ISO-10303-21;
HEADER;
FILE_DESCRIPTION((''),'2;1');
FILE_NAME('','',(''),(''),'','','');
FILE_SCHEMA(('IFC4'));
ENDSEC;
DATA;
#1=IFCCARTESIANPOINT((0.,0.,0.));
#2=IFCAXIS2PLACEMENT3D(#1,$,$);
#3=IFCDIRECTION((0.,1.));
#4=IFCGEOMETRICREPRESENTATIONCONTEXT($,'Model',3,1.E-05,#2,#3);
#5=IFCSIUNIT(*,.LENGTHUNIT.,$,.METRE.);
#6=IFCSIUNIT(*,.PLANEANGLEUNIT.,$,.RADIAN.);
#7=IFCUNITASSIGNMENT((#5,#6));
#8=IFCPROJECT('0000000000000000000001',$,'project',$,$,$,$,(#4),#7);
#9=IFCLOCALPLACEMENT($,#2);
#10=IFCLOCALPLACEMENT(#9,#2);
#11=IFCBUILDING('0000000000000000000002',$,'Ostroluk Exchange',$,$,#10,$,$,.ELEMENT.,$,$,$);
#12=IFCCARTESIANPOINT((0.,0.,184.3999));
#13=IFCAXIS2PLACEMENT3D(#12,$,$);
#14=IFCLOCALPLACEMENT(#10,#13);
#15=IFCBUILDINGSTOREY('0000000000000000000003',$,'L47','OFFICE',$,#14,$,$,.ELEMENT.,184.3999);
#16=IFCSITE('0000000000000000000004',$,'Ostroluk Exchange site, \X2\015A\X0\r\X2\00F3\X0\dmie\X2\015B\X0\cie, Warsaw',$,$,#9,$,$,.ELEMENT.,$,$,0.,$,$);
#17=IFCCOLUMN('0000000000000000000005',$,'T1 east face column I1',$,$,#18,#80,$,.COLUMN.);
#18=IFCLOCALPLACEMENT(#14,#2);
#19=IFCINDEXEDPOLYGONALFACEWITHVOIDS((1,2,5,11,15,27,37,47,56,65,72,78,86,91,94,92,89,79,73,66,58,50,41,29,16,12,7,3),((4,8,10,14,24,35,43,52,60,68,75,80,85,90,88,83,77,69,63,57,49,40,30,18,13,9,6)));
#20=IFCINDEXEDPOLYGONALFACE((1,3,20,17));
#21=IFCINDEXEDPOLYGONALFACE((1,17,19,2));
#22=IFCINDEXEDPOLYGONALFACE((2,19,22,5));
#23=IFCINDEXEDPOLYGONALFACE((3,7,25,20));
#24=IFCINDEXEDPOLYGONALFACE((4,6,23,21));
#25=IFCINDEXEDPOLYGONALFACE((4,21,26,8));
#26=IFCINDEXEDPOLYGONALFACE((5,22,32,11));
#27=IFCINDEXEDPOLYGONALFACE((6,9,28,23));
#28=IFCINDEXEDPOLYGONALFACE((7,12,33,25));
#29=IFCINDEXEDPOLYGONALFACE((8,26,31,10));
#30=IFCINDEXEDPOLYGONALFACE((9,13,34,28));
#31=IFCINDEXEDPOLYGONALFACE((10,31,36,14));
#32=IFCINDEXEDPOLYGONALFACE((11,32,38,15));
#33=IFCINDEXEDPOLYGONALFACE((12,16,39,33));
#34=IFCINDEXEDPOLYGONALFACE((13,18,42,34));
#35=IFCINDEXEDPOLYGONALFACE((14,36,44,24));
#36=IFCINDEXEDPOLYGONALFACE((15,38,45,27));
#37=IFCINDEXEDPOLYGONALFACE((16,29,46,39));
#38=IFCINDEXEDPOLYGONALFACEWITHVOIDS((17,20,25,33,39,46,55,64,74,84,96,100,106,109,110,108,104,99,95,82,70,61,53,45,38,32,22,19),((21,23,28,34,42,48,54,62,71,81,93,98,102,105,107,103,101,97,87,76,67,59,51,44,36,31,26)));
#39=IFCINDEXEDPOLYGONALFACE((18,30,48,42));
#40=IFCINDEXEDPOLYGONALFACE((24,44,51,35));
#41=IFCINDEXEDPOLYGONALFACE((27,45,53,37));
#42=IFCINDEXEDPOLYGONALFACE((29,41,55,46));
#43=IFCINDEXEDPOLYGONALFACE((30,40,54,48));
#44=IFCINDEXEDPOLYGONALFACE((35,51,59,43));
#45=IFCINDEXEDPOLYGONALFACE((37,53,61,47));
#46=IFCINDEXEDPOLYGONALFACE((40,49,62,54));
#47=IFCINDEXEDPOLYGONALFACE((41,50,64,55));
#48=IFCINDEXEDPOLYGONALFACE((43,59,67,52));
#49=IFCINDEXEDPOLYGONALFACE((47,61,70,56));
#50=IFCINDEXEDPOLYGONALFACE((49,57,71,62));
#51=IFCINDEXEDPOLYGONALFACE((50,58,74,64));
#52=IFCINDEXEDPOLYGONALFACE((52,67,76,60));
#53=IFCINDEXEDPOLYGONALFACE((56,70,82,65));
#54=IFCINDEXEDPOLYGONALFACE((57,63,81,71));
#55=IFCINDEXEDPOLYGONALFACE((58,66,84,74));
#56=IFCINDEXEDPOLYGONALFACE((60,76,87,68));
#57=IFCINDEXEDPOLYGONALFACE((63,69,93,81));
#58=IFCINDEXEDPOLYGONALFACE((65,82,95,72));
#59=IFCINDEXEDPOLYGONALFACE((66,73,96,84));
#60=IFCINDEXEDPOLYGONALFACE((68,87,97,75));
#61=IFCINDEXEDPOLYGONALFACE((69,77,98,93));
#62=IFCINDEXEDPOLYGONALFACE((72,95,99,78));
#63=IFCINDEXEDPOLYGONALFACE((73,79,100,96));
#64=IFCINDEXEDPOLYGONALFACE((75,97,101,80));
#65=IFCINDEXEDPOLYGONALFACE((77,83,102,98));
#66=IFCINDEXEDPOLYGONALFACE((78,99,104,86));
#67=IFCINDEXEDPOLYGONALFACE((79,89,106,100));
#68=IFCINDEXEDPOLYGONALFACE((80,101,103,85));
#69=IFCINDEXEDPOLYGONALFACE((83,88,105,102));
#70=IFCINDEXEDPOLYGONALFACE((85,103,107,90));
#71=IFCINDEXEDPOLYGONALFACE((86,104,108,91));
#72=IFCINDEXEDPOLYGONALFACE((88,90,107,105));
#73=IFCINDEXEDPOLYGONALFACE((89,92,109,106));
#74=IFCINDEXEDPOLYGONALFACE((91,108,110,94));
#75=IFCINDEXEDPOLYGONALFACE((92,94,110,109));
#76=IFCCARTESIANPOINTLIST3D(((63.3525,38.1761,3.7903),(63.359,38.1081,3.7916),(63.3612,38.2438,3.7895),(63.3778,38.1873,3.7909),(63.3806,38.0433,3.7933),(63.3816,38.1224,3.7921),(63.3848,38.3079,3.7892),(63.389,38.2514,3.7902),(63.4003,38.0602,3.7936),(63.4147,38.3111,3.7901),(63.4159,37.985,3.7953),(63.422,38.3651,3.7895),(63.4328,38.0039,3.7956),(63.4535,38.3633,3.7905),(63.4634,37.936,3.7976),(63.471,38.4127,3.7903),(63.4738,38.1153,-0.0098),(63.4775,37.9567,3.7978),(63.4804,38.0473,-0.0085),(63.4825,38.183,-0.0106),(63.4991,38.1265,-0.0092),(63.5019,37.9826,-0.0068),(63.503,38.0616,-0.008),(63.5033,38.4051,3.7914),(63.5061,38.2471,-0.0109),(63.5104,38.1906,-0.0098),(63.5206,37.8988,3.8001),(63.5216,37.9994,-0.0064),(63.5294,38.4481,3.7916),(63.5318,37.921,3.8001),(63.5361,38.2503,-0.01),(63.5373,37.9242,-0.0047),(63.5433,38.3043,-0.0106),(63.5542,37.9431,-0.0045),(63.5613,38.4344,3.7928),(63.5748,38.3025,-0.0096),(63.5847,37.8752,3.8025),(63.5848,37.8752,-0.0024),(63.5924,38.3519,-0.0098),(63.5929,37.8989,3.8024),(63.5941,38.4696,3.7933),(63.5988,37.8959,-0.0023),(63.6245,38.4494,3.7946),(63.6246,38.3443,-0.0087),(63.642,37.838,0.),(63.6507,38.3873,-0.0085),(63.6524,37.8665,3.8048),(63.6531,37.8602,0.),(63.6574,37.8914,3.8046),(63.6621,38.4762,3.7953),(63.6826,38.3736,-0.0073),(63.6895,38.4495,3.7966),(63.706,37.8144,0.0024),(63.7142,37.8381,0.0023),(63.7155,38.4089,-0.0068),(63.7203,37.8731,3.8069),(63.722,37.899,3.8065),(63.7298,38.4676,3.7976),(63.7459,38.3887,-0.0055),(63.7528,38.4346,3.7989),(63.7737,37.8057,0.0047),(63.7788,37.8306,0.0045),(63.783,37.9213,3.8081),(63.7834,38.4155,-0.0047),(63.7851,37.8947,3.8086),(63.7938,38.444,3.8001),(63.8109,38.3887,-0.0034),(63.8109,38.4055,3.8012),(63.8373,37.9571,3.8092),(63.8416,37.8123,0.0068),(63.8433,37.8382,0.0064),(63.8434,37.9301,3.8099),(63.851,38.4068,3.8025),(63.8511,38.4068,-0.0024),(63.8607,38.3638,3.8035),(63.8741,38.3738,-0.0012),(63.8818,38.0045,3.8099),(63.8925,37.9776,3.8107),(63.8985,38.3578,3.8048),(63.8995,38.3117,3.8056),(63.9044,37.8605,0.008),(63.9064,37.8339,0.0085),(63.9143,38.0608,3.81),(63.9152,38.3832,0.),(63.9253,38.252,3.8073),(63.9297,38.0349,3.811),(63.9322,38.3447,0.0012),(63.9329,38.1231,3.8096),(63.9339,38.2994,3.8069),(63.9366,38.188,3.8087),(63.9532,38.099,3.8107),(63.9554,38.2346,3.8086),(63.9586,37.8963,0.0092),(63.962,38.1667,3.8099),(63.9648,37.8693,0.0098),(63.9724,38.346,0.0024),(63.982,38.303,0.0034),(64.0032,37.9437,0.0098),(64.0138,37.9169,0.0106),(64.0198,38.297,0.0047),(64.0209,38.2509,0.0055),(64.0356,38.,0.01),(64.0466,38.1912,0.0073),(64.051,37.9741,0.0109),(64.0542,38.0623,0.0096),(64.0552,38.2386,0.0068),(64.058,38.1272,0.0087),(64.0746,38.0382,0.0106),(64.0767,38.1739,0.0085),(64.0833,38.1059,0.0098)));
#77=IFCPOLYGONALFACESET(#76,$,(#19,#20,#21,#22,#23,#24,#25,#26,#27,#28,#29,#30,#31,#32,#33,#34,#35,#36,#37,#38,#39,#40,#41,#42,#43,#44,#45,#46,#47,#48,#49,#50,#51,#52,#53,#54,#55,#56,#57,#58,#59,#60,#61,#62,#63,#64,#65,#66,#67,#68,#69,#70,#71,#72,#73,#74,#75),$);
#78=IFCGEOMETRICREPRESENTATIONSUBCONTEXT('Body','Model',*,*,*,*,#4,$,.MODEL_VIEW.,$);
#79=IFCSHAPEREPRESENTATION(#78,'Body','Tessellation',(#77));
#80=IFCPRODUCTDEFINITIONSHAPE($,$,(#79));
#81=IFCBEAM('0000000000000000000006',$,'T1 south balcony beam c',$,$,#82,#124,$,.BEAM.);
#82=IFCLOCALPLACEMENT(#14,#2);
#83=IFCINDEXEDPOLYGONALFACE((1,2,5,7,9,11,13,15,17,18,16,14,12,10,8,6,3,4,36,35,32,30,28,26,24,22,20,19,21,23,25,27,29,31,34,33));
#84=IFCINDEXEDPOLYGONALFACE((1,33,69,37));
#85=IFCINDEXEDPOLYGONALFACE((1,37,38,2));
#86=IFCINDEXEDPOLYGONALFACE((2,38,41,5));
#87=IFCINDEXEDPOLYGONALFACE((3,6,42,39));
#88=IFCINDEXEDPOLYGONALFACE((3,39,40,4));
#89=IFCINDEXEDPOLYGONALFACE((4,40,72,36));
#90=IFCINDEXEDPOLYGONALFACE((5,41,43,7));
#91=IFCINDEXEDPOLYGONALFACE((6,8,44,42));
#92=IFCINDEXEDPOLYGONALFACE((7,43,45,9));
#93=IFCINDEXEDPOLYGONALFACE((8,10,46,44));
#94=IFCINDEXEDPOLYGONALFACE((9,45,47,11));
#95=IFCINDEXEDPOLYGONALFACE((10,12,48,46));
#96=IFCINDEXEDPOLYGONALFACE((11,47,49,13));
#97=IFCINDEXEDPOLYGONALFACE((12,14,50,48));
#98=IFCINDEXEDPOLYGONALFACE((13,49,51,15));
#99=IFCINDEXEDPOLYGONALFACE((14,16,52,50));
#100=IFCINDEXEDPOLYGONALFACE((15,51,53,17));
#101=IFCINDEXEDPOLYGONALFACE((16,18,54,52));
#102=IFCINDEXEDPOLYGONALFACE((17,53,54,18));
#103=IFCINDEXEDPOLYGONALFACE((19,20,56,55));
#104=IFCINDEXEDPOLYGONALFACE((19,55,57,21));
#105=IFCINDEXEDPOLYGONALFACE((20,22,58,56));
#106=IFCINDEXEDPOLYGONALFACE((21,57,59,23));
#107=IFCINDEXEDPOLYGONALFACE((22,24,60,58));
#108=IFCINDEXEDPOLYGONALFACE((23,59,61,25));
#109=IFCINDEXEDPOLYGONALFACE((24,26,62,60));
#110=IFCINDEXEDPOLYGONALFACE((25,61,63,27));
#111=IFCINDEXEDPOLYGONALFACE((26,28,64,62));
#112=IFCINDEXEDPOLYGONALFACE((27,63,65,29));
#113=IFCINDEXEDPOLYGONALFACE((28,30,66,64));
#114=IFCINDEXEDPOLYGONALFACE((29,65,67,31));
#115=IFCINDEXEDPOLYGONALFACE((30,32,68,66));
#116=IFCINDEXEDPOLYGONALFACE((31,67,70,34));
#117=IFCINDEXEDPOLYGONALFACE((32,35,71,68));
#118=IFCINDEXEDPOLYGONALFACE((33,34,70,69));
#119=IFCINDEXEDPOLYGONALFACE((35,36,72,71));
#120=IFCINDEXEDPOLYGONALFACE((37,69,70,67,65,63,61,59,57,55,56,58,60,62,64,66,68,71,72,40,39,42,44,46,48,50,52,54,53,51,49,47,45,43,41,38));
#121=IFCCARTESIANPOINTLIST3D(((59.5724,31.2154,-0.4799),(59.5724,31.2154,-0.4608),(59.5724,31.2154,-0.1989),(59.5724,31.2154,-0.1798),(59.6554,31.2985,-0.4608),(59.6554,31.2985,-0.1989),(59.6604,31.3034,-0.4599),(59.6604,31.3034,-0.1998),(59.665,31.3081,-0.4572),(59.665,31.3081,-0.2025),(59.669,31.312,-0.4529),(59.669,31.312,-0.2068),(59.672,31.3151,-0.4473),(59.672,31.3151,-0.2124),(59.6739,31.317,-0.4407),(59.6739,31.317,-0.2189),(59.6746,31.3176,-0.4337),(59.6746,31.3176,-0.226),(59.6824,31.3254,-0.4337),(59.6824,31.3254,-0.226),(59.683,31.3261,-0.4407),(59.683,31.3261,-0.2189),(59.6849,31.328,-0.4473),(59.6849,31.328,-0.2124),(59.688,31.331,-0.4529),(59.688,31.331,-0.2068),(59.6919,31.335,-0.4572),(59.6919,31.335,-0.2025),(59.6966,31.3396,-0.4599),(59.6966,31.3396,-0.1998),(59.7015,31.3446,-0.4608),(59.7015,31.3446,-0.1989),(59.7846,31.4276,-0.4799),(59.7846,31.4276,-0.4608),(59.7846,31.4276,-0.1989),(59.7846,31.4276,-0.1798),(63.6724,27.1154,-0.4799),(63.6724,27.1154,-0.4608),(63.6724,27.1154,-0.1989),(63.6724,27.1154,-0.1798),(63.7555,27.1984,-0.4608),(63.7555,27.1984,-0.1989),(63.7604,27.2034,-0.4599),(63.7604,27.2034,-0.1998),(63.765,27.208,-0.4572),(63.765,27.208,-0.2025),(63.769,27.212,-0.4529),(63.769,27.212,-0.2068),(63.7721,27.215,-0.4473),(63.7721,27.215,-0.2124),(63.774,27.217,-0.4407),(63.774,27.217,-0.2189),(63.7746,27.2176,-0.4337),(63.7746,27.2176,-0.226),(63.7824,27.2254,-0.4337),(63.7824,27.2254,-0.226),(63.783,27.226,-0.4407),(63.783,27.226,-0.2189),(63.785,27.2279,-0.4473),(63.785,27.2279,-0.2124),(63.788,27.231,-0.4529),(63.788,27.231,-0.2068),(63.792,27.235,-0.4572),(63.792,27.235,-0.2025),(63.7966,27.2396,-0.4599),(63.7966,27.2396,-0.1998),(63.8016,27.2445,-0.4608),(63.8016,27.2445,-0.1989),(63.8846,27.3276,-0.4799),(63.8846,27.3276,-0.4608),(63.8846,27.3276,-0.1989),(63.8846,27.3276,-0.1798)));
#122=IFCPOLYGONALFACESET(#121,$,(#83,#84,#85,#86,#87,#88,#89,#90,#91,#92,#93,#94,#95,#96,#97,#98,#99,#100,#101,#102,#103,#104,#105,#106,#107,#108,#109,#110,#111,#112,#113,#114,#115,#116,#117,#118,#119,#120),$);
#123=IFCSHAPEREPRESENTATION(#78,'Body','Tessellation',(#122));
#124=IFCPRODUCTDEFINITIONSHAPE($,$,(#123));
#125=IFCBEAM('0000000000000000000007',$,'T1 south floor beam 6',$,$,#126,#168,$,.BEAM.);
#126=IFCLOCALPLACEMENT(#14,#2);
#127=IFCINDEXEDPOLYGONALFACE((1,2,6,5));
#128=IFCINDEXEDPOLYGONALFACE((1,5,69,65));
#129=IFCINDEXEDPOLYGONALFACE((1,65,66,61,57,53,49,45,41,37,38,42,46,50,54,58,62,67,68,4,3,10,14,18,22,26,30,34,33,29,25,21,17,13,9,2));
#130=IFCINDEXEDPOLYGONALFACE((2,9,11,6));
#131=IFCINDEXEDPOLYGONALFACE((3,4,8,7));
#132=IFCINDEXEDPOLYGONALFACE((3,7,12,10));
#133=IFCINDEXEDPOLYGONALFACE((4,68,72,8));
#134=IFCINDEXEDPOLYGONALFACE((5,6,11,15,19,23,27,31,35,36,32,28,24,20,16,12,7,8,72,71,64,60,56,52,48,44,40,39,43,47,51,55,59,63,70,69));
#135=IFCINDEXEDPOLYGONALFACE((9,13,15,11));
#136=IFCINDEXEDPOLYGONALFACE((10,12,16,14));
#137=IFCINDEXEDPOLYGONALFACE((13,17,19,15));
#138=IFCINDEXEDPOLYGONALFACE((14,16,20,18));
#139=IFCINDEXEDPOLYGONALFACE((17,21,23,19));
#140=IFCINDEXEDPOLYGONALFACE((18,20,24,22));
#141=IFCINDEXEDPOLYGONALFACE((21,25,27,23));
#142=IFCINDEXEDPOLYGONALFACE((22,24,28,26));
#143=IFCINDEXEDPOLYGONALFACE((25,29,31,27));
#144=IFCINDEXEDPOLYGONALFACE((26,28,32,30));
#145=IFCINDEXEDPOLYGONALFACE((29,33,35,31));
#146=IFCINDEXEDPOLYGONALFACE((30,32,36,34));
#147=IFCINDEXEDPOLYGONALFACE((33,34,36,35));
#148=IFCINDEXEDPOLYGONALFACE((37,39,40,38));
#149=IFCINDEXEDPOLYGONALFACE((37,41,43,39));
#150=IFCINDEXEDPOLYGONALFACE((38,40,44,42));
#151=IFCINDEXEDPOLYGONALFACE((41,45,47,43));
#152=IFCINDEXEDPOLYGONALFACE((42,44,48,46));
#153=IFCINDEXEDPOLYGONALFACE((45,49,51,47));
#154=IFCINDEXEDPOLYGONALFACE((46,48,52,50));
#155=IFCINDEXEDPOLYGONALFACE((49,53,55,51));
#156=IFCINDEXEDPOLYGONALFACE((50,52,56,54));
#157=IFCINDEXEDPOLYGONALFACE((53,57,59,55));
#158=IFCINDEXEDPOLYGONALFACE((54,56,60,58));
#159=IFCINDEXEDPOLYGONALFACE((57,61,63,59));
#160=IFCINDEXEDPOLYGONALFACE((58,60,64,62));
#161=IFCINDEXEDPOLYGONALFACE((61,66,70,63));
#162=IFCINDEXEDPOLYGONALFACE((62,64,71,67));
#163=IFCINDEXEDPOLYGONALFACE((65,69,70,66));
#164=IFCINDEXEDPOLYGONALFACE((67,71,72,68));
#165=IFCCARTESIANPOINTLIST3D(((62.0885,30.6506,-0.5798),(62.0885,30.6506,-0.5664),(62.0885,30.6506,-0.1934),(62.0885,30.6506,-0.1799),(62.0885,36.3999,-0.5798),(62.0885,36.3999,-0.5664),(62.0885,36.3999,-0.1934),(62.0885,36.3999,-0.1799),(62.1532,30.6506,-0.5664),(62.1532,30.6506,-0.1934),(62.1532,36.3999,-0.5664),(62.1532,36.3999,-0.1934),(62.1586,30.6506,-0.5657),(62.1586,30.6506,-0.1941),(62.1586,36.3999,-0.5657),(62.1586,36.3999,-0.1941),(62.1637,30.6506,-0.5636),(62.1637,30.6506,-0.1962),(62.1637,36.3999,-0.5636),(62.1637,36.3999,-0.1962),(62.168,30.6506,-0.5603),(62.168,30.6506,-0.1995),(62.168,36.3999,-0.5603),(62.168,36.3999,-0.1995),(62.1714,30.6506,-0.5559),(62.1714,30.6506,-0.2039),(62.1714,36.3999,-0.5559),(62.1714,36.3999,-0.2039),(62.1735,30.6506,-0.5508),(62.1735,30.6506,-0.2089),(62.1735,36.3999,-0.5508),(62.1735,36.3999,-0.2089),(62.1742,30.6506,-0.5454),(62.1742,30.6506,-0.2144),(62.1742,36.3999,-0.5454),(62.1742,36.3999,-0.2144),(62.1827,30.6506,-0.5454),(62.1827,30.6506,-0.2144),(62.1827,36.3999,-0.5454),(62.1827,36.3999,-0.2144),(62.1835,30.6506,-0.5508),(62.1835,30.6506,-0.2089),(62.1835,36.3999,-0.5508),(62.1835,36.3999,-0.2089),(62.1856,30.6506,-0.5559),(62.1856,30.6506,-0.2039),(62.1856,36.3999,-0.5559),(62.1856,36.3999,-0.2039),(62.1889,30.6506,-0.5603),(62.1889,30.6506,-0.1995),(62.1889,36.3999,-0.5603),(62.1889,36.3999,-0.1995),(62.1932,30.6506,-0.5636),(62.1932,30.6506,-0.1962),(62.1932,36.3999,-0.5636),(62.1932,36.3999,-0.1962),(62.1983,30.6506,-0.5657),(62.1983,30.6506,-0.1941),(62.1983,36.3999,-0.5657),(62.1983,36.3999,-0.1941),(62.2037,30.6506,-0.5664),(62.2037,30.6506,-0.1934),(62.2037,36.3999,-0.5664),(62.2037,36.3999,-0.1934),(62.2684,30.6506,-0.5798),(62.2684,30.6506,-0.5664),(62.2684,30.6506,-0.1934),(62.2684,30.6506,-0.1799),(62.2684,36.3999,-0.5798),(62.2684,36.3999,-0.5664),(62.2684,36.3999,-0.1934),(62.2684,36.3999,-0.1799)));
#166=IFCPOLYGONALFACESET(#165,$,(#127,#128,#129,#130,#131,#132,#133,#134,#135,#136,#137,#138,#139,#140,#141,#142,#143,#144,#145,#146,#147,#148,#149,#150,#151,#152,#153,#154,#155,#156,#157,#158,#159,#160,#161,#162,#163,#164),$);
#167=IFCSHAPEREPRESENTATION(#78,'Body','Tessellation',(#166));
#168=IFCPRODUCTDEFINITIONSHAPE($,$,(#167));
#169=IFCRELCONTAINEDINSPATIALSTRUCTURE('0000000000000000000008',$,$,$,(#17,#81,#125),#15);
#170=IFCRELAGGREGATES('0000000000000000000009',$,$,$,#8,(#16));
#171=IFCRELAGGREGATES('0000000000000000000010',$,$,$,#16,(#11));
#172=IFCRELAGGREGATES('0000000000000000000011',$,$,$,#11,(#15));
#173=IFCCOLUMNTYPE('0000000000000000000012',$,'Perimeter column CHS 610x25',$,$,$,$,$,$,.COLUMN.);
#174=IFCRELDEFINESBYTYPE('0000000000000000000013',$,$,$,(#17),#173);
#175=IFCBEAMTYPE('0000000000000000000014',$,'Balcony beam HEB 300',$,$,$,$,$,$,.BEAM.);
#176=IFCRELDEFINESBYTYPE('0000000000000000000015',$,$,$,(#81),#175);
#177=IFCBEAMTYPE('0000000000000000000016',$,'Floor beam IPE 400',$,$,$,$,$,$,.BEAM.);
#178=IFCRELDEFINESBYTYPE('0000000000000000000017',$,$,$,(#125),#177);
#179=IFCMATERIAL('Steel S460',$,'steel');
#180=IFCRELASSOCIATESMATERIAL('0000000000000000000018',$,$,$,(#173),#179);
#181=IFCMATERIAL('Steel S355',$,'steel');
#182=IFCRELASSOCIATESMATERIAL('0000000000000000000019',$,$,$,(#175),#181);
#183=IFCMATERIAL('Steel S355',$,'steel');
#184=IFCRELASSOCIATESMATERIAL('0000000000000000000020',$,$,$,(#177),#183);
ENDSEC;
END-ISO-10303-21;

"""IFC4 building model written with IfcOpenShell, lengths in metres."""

from ifc_helpers import new_model, si_unit, direction, frame, origin, origin_2d, place, context, subcontext, project, spatial, hollow_circle, i_section, extrude, material, material_profile, profile_set, type_object, element, save


model = new_model("IFC4")

# Units and contexts
model_context = context("Model", 3, precision=1e-05, world=origin(), true_north=direction((0.0, 1.0)))
body_context = subcontext(model_context, "Body", "Model", "MODEL_VIEW")
ifc_project = project(units=[si_unit("LENGTHUNIT", "METRE"), si_unit("PLANEANGLEUNIT", "RADIAN")], contexts=[model_context])

# Site, building, storey
site_placement = place(None, origin())
site = spatial("IfcSite", under=ifc_project, at=site_placement, Name="Ostroluk Exchange site, Śródmieście, Warsaw", CompositionType="ELEMENT", RefElevation=0.0)
building_placement = place(site_placement, origin())
building = spatial("IfcBuilding", under=site, at=building_placement, Name="Ostroluk Exchange", CompositionType="ELEMENT")
storey_placement = place(building_placement, frame((0.0, 0.0, 184.3999)))
storey = spatial("IfcBuildingStorey", under=building, at=storey_placement, Name="L47", Description="OFFICE", CompositionType="ELEMENT", Elevation=184.3999)

# Column
ifc_material_1 = material(Name="Steel S460", Category="steel")
ifc_material_profile_1 = material_profile(ifc_material_1, hollow_circle(Radius=0.3049, WallThickness=0.0249, at=origin_2d()), Name="CHS 610x25")
ifc_profile_set_1 = profile_set([ifc_material_profile_1], Name="Steel S460")
column_type = type_object("IfcColumnType", Name="Perimeter column CHS 610x25", PredefinedType="COLUMN", material=ifc_profile_set_1)
column_placement = place(storey_placement, frame((63.7786, 38.1106, 0.0), z_axis=(-0.03191, 0.015987, 0.999363), x_axis=(-0.447933, -0.894067, 0.0)))
element("IfcColumn", 1, at=column_placement, inside=storey, type_object=column_type, Name="T1 east face column I1", PredefinedType="COLUMN", context=body_context, shape_type="SweptSolid", body=[
    extrude(hollow_circle(Radius=0.3049, WallThickness=0.0249, at=origin_2d()), origin(), (0.0, 0.0, 1.0), 3.8025),
])

# Beams
ifc_material_2 = material(Name="Steel S355", Category="steel")
ifc_material_profile_2 = material_profile(ifc_material_2, i_section(OverallWidth=0.3, OverallDepth=0.3, WebThickness=0.011, FlangeThickness=0.019, FilletRadius=0.0271, at=origin_2d()), Name="HEB 300")
ifc_profile_set_2 = profile_set([ifc_material_profile_2], Name="Steel S355")
beam_type_1 = type_object("IfcBeamType", Name="Balcony beam HEB 300", PredefinedType="BEAM", material=ifc_profile_set_2)
beam_1_placement = place(storey_placement, frame((59.6785, 31.3215, -0.3298), z_axis=(0.707107, -0.707107, 0.0), x_axis=(0.707107, 0.707107, 0.0)))
element("IfcBeam", 2, at=beam_1_placement, inside=storey, type_object=beam_type_1, Name="T1 south balcony beam c", PredefinedType="BEAM", context=body_context, shape_type="SweptSolid", body=[
    extrude(i_section(OverallWidth=0.3, OverallDepth=0.3, WebThickness=0.011, FlangeThickness=0.019, FilletRadius=0.0271, at=origin_2d()), origin(), (0.0, 0.0, 1.0), 5.7983),
])
ifc_material_3 = material(Name="Steel S355", Category="steel")
ifc_material_profile_3 = material_profile(ifc_material_3, i_section(OverallWidth=0.1799, OverallDepth=0.3999, WebThickness=0.0085, FlangeThickness=0.0134, FilletRadius=0.021, at=origin_2d()), Name="IPE 400")
ifc_profile_set_3 = profile_set([ifc_material_profile_3], Name="Steel S355")
beam_type_2 = type_object("IfcBeamType", Name="Floor beam IPE 400", PredefinedType="BEAM", material=ifc_profile_set_3)
beam_2_placement = place(storey_placement, frame((62.1785, 36.3999, -0.3799), z_axis=(0.0, -1.0, 0.0), x_axis=(1.0, 0.0, 0.0)))
element("IfcBeam", 3, at=beam_2_placement, inside=storey, type_object=beam_type_2, Name="T1 south floor beam 6", PredefinedType="BEAM", context=body_context, shape_type="SweptSolid", body=[
    extrude(i_section(OverallWidth=0.1799, OverallDepth=0.3999, WebThickness=0.0085, FlangeThickness=0.0134, FilletRadius=0.021, at=origin_2d()), origin(), (0.0, 0.0, 1.0), 5.7493),
])

save(model, "model.ifc")
